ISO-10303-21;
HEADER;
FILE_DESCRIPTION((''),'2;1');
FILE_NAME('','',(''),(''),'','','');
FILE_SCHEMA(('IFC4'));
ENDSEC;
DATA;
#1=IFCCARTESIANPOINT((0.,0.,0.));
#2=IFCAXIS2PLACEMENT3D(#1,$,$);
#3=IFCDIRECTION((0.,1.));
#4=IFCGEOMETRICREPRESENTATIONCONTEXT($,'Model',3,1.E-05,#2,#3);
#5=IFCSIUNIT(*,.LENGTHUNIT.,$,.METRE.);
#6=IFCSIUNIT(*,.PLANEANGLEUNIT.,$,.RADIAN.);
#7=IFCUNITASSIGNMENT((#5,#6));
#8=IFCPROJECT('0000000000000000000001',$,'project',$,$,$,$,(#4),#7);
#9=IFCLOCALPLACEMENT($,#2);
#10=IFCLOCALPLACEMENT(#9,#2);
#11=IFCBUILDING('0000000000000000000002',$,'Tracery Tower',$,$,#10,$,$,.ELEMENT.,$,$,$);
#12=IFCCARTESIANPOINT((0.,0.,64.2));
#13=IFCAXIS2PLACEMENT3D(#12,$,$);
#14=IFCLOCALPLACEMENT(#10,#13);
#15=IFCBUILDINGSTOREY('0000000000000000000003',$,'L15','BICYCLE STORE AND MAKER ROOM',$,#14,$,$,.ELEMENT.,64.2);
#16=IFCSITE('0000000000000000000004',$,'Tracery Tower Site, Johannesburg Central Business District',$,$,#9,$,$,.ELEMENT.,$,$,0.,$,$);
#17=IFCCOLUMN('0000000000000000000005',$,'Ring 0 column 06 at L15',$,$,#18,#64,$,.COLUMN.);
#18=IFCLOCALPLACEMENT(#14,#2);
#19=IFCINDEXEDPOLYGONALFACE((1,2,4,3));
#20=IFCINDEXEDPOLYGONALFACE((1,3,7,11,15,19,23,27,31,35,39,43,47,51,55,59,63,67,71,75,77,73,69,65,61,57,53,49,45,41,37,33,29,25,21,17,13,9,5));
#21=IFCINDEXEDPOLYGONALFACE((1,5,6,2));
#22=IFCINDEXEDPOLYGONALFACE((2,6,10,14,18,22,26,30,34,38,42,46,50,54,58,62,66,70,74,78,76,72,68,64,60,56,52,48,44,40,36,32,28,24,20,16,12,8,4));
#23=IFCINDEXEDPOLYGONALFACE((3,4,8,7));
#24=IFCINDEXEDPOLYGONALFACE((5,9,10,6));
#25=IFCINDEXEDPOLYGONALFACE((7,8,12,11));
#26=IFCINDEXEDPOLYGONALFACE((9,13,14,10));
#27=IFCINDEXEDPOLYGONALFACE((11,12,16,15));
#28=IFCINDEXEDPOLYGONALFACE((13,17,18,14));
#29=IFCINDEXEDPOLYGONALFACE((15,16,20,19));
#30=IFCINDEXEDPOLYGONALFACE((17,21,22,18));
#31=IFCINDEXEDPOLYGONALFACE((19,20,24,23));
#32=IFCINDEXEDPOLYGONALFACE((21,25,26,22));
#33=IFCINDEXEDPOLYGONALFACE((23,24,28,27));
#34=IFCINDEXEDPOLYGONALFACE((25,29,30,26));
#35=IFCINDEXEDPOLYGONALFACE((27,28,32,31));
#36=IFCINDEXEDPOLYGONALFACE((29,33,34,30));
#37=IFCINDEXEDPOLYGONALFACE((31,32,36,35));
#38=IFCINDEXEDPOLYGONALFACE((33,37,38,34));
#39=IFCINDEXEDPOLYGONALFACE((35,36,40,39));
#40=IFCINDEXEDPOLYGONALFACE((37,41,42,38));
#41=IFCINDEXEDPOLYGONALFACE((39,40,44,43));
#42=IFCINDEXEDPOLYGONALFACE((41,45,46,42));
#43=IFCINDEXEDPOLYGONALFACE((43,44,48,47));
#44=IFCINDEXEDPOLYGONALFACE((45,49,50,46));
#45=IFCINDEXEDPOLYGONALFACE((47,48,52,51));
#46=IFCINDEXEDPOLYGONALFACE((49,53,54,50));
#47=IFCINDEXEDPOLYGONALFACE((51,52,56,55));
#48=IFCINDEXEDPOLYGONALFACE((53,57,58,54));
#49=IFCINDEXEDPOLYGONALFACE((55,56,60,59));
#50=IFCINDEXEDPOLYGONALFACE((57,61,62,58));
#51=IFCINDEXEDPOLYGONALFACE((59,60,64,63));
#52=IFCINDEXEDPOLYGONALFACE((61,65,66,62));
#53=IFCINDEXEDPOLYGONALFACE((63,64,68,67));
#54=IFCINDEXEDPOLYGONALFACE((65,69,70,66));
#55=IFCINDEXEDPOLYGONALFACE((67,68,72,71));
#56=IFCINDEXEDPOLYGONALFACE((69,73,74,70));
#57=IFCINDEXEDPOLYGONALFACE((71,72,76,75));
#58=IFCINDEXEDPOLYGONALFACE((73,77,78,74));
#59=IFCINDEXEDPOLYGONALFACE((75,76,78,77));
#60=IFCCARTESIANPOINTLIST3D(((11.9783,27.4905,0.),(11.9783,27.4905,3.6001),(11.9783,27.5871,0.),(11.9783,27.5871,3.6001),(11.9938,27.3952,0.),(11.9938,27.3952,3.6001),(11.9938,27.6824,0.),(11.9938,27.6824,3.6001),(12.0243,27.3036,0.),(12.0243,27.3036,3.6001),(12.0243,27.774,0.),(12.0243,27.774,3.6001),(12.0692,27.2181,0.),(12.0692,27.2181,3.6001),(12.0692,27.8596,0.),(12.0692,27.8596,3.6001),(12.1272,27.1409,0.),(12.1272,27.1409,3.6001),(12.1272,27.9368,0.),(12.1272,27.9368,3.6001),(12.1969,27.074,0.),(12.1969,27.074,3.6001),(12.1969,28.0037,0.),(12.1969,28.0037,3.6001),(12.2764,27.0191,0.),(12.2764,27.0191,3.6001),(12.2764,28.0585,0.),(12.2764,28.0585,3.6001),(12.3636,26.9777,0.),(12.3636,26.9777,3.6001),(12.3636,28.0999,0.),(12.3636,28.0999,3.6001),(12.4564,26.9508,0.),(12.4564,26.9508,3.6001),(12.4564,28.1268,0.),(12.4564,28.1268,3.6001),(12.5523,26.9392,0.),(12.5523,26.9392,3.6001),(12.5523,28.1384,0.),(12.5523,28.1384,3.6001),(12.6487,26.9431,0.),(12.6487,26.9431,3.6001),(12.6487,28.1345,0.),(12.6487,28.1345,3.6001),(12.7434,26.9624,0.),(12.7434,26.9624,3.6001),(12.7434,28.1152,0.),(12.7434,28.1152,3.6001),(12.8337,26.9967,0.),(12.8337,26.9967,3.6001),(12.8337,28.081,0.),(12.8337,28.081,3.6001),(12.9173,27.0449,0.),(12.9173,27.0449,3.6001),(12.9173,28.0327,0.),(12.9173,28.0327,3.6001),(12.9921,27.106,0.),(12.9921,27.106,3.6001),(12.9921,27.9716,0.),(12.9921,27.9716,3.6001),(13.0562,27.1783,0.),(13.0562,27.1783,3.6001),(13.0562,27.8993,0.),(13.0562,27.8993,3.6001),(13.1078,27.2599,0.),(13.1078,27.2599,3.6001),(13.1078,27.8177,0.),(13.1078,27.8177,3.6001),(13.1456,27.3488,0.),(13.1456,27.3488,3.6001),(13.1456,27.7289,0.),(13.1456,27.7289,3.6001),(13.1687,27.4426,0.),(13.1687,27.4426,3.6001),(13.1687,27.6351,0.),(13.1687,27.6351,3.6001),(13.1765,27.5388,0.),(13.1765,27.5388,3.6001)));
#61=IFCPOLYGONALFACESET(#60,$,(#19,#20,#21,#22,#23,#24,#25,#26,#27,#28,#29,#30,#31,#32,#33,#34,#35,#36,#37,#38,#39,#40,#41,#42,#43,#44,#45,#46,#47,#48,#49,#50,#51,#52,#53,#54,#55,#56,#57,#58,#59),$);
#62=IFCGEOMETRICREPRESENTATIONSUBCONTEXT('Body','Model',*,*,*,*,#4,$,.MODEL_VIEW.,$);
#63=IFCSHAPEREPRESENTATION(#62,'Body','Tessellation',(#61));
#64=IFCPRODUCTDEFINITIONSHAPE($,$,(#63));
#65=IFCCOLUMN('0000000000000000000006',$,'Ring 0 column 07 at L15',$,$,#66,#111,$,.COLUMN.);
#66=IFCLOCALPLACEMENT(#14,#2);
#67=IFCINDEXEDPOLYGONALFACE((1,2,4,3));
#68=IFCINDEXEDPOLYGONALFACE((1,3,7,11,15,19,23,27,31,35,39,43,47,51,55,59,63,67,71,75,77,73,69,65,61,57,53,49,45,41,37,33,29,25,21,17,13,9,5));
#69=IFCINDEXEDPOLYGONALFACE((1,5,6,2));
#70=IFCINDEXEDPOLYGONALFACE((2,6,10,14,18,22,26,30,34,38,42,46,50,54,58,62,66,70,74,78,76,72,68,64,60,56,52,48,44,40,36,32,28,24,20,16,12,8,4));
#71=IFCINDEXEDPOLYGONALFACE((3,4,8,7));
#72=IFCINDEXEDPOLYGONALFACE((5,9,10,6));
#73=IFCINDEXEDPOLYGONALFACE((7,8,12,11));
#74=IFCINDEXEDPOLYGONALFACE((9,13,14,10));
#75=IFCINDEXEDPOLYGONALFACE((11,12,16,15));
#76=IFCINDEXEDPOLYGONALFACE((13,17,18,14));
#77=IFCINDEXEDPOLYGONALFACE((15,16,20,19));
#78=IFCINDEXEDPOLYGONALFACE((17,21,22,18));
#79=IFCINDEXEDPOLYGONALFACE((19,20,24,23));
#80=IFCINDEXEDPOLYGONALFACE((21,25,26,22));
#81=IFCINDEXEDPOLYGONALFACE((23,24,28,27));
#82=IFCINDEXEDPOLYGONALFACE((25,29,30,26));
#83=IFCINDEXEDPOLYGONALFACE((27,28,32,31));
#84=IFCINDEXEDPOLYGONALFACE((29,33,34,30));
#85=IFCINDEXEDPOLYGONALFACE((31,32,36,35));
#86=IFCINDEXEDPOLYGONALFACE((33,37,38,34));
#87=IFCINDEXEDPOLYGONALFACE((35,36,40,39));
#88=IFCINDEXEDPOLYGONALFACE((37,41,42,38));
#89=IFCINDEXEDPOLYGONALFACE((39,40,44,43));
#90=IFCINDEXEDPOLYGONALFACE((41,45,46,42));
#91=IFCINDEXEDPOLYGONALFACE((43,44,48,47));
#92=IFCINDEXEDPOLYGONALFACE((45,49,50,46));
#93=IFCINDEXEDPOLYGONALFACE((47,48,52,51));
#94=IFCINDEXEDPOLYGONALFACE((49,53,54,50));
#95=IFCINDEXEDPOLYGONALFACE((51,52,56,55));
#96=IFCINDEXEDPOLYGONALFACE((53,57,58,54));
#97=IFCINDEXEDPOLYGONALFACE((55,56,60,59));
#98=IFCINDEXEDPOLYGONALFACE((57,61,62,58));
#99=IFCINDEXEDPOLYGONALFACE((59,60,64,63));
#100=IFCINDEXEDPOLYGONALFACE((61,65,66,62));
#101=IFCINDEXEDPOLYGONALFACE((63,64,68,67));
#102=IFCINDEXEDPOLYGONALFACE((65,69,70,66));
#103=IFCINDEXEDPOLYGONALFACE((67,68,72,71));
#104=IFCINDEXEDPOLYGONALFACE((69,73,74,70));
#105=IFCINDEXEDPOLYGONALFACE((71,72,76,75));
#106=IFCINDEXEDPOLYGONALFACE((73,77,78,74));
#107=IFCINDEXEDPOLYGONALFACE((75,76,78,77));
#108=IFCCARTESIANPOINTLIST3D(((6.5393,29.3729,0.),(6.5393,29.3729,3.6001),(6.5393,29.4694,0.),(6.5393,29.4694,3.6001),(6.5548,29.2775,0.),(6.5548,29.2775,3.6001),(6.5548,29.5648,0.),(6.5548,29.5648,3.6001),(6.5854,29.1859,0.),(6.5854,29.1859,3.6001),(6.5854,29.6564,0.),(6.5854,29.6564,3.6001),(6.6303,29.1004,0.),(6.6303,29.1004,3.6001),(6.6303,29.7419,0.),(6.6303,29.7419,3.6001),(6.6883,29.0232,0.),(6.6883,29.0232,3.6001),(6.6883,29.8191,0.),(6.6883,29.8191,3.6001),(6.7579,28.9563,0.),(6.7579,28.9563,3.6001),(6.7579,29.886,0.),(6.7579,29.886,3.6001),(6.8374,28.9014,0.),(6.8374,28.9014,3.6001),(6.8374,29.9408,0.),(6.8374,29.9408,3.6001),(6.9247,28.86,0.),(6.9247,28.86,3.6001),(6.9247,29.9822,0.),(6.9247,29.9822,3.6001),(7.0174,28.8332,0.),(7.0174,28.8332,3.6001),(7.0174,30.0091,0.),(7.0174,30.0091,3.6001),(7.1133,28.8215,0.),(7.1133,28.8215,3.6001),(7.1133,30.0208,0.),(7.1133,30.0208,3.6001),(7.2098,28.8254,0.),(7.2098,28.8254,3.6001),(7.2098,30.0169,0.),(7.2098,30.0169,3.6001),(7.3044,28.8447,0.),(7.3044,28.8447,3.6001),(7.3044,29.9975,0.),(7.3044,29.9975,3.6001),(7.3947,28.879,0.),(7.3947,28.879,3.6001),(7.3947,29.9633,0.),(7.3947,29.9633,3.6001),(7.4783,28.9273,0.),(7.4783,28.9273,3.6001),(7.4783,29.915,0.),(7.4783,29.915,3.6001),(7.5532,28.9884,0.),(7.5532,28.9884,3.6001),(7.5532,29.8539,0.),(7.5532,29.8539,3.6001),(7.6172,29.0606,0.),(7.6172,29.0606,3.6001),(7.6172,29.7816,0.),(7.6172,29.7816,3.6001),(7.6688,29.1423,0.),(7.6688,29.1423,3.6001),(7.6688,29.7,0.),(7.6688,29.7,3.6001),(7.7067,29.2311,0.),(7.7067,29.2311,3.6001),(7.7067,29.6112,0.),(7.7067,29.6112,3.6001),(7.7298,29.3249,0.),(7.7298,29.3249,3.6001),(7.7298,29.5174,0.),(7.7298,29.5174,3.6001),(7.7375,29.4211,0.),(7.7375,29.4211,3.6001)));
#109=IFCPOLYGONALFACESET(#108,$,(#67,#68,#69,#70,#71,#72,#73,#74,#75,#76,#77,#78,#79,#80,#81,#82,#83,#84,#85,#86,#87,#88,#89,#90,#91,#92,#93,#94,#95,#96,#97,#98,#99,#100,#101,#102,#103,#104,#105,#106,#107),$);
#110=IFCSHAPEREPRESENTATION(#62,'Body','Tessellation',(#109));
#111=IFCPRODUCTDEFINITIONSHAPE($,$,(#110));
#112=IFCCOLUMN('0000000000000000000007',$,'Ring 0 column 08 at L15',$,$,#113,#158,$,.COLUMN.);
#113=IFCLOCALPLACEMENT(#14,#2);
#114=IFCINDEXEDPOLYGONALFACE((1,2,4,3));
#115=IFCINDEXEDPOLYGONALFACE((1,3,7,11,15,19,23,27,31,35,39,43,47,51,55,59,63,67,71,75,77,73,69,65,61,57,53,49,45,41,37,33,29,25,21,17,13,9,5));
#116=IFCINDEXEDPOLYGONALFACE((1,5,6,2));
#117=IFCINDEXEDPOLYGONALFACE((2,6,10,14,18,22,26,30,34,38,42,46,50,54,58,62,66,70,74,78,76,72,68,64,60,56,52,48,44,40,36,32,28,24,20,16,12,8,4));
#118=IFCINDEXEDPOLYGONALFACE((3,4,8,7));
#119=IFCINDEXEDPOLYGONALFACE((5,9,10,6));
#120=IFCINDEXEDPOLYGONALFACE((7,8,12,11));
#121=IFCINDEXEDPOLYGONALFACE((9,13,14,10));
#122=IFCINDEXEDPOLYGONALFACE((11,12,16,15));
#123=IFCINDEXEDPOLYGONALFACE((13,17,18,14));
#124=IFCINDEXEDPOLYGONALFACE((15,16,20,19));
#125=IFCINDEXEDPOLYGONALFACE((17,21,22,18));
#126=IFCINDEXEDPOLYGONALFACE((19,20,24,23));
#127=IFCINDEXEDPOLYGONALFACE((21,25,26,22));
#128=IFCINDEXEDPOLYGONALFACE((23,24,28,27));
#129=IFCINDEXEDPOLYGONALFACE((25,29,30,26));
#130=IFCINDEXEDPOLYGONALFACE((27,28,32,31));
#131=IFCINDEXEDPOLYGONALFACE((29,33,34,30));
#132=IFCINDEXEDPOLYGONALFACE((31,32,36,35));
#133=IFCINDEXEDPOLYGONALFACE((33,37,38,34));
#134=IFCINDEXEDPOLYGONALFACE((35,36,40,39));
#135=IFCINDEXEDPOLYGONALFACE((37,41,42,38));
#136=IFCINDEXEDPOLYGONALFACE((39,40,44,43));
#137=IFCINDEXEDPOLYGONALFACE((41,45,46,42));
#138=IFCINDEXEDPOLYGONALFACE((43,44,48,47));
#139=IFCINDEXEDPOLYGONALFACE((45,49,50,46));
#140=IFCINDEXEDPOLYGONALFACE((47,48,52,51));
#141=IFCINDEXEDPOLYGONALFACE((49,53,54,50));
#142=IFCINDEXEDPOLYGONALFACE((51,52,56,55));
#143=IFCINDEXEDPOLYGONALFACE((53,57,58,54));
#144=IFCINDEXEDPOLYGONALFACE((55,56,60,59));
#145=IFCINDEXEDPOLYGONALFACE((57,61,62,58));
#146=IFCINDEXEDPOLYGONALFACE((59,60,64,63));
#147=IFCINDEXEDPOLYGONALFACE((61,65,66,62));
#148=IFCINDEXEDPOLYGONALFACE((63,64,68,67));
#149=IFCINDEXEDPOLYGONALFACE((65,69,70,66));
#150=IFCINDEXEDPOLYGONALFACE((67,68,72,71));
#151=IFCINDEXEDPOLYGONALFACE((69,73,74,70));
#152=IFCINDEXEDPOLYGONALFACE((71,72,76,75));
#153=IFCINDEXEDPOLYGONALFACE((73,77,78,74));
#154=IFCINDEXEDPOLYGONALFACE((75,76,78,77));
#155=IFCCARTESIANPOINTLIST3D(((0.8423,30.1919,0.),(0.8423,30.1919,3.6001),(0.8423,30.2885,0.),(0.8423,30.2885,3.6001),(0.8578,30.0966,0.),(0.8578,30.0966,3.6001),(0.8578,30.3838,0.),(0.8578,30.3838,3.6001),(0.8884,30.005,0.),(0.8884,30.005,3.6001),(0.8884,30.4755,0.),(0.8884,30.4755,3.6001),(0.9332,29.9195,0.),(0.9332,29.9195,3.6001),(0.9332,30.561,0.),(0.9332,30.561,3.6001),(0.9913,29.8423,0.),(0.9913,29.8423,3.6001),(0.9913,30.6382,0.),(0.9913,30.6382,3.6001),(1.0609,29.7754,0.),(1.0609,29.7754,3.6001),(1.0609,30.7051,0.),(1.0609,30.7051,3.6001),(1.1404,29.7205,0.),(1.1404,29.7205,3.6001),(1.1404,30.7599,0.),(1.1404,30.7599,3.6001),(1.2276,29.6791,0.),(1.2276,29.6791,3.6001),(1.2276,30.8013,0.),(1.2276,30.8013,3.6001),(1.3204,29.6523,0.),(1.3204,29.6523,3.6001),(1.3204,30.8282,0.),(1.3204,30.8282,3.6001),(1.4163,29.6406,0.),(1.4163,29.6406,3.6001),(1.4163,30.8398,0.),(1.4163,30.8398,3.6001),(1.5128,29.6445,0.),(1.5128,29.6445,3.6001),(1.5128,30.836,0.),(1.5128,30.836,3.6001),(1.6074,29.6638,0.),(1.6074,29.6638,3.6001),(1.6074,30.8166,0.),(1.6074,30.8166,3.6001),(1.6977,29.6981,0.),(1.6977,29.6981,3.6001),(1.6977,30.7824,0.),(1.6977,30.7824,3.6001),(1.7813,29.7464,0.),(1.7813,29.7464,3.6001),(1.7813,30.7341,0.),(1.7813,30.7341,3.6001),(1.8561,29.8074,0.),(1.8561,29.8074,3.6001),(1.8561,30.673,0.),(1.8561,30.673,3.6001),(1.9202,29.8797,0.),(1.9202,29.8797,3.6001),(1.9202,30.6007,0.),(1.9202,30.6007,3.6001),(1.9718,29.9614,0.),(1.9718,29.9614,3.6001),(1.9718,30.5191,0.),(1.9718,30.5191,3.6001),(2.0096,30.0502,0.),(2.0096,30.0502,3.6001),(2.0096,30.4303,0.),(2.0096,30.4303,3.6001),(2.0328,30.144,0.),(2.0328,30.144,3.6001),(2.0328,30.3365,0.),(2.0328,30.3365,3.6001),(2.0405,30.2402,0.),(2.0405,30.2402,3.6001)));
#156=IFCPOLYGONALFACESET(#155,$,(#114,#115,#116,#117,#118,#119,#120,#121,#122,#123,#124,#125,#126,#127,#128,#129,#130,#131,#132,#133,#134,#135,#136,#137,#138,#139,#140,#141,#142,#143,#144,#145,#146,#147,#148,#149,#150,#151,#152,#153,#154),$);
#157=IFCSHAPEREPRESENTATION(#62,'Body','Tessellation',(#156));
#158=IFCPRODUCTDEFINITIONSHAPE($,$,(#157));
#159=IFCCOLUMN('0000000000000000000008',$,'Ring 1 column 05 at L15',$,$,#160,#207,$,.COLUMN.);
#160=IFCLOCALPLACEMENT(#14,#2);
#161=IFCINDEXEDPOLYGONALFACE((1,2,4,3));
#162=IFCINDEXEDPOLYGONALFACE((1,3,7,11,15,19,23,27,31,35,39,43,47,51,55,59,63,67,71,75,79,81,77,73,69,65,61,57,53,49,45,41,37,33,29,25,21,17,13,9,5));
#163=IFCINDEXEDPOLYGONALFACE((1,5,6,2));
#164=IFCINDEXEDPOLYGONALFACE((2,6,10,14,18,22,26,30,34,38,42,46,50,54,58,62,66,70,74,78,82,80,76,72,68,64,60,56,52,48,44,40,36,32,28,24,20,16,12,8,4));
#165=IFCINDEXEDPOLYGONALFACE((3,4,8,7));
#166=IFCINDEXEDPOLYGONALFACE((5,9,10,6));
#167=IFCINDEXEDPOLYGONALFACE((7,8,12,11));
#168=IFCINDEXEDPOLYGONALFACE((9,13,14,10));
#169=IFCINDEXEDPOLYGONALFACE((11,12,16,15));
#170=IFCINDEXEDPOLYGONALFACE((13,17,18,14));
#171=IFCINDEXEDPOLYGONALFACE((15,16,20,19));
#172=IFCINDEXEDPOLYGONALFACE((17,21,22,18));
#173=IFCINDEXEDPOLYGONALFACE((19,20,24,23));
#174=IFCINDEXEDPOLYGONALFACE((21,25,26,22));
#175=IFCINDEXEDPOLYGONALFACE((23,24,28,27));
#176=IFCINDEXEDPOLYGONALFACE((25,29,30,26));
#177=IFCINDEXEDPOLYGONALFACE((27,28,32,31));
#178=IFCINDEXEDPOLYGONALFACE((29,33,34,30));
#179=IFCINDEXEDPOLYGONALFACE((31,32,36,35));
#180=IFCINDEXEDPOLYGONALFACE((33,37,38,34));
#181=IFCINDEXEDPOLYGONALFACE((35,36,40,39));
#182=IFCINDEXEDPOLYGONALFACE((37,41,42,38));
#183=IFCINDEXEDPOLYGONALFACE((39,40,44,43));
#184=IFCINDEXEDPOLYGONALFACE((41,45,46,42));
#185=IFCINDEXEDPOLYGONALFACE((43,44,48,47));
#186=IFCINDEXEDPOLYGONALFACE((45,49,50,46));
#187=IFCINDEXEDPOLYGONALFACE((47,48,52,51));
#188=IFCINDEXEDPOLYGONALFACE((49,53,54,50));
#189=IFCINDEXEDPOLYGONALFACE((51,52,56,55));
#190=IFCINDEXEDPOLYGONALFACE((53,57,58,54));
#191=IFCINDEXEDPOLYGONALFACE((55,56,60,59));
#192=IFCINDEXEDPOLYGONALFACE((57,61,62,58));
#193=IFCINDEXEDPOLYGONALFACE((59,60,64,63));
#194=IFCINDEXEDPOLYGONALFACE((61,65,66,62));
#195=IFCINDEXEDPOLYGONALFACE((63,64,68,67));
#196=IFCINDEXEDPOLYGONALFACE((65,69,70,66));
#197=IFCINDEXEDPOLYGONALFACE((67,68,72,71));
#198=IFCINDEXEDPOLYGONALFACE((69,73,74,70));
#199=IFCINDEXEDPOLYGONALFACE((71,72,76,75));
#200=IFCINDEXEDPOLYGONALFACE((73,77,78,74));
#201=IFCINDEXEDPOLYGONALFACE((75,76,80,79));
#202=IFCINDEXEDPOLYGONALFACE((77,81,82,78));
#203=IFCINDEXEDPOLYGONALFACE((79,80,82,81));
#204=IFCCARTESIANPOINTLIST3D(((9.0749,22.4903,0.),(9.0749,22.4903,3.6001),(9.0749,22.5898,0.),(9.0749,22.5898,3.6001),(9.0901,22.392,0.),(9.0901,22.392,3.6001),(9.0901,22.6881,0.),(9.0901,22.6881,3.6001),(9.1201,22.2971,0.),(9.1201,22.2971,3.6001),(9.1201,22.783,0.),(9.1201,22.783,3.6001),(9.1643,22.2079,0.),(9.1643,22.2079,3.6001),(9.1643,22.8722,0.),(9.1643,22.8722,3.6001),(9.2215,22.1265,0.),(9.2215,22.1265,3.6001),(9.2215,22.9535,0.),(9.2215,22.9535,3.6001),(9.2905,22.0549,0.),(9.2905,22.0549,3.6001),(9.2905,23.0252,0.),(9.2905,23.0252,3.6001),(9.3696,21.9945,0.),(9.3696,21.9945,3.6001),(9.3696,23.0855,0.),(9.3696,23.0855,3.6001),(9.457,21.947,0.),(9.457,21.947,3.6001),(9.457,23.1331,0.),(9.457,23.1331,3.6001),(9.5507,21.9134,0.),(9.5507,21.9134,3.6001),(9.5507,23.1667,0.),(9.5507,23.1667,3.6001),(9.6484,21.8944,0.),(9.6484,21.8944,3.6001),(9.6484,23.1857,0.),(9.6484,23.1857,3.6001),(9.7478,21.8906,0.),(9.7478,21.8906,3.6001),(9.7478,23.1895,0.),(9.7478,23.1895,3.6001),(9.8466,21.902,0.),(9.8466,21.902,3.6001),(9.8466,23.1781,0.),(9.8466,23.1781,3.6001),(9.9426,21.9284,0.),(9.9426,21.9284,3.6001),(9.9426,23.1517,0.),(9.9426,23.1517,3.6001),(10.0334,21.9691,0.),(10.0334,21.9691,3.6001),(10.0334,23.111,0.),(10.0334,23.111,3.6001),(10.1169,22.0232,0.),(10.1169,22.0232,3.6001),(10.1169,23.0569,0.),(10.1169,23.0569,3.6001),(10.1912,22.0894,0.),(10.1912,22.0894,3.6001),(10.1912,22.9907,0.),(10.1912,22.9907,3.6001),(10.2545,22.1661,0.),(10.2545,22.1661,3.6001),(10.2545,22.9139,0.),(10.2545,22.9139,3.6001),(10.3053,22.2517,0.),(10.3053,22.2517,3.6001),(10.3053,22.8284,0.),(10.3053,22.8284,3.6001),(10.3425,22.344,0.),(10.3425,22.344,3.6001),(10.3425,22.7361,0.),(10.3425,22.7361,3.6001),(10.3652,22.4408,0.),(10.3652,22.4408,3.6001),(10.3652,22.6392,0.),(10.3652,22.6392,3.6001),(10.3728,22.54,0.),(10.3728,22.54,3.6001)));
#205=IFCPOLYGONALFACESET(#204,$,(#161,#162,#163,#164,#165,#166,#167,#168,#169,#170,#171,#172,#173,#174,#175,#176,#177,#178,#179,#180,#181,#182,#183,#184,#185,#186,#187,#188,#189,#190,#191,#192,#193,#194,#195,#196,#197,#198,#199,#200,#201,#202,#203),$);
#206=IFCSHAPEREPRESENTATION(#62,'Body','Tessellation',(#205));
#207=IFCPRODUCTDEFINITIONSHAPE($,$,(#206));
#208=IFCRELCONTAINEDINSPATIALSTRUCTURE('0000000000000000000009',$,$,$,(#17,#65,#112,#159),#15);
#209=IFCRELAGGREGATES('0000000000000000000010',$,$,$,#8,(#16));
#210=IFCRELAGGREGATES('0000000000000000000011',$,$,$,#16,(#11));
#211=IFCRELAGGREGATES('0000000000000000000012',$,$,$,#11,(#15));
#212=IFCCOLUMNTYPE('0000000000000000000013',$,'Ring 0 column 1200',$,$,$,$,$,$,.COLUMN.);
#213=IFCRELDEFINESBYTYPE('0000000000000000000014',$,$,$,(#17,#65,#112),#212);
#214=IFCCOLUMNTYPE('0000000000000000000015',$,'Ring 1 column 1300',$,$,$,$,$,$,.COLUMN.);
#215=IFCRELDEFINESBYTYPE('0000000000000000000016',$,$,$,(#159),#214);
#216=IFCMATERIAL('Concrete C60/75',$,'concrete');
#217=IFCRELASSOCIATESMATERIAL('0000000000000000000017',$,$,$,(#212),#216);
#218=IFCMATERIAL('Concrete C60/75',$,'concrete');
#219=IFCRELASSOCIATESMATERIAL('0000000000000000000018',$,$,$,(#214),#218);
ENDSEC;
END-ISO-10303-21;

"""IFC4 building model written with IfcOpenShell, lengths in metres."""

from ifc_helpers import new_model, si_unit, direction, frame, origin, origin_2d, place, context, subcontext, project, spatial, circle, extrude, material, material_profile, profile_set, type_object, element, save


model = new_model("IFC4")

# Units and contexts
model_context = context("Model", 3, precision=1e-05, world=origin(), true_north=direction((0.0, 1.0)))
body_context = subcontext(model_context, "Body", "Model", "MODEL_VIEW")
ifc_project = project(units=[si_unit("LENGTHUNIT", "METRE"), si_unit("PLANEANGLEUNIT", "RADIAN")], contexts=[model_context])

# Site, building, storey
site_placement = place(None, origin())
site = spatial("IfcSite", under=ifc_project, at=site_placement, Name="Tracery Tower Site, Johannesburg Central Business District", CompositionType="ELEMENT", RefElevation=0.0)
building_placement = place(site_placement, origin())
building = spatial("IfcBuilding", under=site, at=building_placement, Name="Tracery Tower", CompositionType="ELEMENT")
storey_placement = place(building_placement, frame((0.0, 0.0, 64.2)))
storey = spatial("IfcBuildingStorey", under=building, at=storey_placement, Name="L15", Description="BICYCLE STORE AND MAKER ROOM", CompositionType="ELEMENT", Elevation=64.2)

# Columns
ifc_material_1 = material(Name="Concrete C60/75", Category="concrete")
ifc_material_profile_1 = material_profile(ifc_material_1, circle(Radius=0.6001, at=origin_2d()), Name="RC D1200")
ifc_profile_set_1 = profile_set([ifc_material_profile_1], Name="Concrete C60/75")
column_type_1 = type_object("IfcColumnType", Name="Ring 0 column 1200", PredefinedType="COLUMN", material=ifc_profile_set_1)
for number, where, z_axis, x_axis, name in (
    (1, (12.5764, 27.5388, 0.0), (0.0, 0.0, 1.0), (1.0, 0.0, 0.0), "Ring 0 column 06 at L15"),
    (2, (7.1375, 29.4211, 0.0), (0.0, 0.0, 1.0), (1.0, 0.0, 0.0), "Ring 0 column 07 at L15"),
    (3, (1.4404, 30.2402, 0.0), (0.0, 0.0, 1.0), (1.0, 0.0, 0.0), "Ring 0 column 08 at L15"),
):
    element("IfcColumn", number, at=place(storey_placement, frame(where, z_axis=z_axis, x_axis=x_axis)), inside=storey, type_object=column_type_1, Name=name, PredefinedType="COLUMN", context=body_context, shape_type="SweptSolid", body=[
        extrude(circle(Radius=0.6001, at=origin_2d()), origin(), (0.0, 0.0, 1.0), 3.6001),
    ])
ifc_material_2 = material(Name="Concrete C60/75", Category="concrete")
ifc_material_profile_2 = material_profile(ifc_material_2, circle(Radius=0.6499, at=origin_2d()), Name="RC D1300")
ifc_profile_set_2 = profile_set([ifc_material_profile_2], Name="Concrete C60/75")
column_type_2 = type_object("IfcColumnType", Name="Ring 1 column 1300", PredefinedType="COLUMN", material=ifc_profile_set_2)
for number, where, z_axis, x_axis, name in (
    (4, (9.7229, 22.54, 0.0), (0.0, 0.0, 1.0), (1.0, 0.0, 0.0), "Ring 1 column 05 at L15"),
):
    element("IfcColumn", number, at=place(storey_placement, frame(where, z_axis=z_axis, x_axis=x_axis)), inside=storey, type_object=column_type_2, Name=name, PredefinedType="COLUMN", context=body_context, shape_type="SweptSolid", body=[
        extrude(circle(Radius=0.6499, at=origin_2d()), origin(), (0.0, 0.0, 1.0), 3.6001),
    ])

save(model, "model.ifc")
